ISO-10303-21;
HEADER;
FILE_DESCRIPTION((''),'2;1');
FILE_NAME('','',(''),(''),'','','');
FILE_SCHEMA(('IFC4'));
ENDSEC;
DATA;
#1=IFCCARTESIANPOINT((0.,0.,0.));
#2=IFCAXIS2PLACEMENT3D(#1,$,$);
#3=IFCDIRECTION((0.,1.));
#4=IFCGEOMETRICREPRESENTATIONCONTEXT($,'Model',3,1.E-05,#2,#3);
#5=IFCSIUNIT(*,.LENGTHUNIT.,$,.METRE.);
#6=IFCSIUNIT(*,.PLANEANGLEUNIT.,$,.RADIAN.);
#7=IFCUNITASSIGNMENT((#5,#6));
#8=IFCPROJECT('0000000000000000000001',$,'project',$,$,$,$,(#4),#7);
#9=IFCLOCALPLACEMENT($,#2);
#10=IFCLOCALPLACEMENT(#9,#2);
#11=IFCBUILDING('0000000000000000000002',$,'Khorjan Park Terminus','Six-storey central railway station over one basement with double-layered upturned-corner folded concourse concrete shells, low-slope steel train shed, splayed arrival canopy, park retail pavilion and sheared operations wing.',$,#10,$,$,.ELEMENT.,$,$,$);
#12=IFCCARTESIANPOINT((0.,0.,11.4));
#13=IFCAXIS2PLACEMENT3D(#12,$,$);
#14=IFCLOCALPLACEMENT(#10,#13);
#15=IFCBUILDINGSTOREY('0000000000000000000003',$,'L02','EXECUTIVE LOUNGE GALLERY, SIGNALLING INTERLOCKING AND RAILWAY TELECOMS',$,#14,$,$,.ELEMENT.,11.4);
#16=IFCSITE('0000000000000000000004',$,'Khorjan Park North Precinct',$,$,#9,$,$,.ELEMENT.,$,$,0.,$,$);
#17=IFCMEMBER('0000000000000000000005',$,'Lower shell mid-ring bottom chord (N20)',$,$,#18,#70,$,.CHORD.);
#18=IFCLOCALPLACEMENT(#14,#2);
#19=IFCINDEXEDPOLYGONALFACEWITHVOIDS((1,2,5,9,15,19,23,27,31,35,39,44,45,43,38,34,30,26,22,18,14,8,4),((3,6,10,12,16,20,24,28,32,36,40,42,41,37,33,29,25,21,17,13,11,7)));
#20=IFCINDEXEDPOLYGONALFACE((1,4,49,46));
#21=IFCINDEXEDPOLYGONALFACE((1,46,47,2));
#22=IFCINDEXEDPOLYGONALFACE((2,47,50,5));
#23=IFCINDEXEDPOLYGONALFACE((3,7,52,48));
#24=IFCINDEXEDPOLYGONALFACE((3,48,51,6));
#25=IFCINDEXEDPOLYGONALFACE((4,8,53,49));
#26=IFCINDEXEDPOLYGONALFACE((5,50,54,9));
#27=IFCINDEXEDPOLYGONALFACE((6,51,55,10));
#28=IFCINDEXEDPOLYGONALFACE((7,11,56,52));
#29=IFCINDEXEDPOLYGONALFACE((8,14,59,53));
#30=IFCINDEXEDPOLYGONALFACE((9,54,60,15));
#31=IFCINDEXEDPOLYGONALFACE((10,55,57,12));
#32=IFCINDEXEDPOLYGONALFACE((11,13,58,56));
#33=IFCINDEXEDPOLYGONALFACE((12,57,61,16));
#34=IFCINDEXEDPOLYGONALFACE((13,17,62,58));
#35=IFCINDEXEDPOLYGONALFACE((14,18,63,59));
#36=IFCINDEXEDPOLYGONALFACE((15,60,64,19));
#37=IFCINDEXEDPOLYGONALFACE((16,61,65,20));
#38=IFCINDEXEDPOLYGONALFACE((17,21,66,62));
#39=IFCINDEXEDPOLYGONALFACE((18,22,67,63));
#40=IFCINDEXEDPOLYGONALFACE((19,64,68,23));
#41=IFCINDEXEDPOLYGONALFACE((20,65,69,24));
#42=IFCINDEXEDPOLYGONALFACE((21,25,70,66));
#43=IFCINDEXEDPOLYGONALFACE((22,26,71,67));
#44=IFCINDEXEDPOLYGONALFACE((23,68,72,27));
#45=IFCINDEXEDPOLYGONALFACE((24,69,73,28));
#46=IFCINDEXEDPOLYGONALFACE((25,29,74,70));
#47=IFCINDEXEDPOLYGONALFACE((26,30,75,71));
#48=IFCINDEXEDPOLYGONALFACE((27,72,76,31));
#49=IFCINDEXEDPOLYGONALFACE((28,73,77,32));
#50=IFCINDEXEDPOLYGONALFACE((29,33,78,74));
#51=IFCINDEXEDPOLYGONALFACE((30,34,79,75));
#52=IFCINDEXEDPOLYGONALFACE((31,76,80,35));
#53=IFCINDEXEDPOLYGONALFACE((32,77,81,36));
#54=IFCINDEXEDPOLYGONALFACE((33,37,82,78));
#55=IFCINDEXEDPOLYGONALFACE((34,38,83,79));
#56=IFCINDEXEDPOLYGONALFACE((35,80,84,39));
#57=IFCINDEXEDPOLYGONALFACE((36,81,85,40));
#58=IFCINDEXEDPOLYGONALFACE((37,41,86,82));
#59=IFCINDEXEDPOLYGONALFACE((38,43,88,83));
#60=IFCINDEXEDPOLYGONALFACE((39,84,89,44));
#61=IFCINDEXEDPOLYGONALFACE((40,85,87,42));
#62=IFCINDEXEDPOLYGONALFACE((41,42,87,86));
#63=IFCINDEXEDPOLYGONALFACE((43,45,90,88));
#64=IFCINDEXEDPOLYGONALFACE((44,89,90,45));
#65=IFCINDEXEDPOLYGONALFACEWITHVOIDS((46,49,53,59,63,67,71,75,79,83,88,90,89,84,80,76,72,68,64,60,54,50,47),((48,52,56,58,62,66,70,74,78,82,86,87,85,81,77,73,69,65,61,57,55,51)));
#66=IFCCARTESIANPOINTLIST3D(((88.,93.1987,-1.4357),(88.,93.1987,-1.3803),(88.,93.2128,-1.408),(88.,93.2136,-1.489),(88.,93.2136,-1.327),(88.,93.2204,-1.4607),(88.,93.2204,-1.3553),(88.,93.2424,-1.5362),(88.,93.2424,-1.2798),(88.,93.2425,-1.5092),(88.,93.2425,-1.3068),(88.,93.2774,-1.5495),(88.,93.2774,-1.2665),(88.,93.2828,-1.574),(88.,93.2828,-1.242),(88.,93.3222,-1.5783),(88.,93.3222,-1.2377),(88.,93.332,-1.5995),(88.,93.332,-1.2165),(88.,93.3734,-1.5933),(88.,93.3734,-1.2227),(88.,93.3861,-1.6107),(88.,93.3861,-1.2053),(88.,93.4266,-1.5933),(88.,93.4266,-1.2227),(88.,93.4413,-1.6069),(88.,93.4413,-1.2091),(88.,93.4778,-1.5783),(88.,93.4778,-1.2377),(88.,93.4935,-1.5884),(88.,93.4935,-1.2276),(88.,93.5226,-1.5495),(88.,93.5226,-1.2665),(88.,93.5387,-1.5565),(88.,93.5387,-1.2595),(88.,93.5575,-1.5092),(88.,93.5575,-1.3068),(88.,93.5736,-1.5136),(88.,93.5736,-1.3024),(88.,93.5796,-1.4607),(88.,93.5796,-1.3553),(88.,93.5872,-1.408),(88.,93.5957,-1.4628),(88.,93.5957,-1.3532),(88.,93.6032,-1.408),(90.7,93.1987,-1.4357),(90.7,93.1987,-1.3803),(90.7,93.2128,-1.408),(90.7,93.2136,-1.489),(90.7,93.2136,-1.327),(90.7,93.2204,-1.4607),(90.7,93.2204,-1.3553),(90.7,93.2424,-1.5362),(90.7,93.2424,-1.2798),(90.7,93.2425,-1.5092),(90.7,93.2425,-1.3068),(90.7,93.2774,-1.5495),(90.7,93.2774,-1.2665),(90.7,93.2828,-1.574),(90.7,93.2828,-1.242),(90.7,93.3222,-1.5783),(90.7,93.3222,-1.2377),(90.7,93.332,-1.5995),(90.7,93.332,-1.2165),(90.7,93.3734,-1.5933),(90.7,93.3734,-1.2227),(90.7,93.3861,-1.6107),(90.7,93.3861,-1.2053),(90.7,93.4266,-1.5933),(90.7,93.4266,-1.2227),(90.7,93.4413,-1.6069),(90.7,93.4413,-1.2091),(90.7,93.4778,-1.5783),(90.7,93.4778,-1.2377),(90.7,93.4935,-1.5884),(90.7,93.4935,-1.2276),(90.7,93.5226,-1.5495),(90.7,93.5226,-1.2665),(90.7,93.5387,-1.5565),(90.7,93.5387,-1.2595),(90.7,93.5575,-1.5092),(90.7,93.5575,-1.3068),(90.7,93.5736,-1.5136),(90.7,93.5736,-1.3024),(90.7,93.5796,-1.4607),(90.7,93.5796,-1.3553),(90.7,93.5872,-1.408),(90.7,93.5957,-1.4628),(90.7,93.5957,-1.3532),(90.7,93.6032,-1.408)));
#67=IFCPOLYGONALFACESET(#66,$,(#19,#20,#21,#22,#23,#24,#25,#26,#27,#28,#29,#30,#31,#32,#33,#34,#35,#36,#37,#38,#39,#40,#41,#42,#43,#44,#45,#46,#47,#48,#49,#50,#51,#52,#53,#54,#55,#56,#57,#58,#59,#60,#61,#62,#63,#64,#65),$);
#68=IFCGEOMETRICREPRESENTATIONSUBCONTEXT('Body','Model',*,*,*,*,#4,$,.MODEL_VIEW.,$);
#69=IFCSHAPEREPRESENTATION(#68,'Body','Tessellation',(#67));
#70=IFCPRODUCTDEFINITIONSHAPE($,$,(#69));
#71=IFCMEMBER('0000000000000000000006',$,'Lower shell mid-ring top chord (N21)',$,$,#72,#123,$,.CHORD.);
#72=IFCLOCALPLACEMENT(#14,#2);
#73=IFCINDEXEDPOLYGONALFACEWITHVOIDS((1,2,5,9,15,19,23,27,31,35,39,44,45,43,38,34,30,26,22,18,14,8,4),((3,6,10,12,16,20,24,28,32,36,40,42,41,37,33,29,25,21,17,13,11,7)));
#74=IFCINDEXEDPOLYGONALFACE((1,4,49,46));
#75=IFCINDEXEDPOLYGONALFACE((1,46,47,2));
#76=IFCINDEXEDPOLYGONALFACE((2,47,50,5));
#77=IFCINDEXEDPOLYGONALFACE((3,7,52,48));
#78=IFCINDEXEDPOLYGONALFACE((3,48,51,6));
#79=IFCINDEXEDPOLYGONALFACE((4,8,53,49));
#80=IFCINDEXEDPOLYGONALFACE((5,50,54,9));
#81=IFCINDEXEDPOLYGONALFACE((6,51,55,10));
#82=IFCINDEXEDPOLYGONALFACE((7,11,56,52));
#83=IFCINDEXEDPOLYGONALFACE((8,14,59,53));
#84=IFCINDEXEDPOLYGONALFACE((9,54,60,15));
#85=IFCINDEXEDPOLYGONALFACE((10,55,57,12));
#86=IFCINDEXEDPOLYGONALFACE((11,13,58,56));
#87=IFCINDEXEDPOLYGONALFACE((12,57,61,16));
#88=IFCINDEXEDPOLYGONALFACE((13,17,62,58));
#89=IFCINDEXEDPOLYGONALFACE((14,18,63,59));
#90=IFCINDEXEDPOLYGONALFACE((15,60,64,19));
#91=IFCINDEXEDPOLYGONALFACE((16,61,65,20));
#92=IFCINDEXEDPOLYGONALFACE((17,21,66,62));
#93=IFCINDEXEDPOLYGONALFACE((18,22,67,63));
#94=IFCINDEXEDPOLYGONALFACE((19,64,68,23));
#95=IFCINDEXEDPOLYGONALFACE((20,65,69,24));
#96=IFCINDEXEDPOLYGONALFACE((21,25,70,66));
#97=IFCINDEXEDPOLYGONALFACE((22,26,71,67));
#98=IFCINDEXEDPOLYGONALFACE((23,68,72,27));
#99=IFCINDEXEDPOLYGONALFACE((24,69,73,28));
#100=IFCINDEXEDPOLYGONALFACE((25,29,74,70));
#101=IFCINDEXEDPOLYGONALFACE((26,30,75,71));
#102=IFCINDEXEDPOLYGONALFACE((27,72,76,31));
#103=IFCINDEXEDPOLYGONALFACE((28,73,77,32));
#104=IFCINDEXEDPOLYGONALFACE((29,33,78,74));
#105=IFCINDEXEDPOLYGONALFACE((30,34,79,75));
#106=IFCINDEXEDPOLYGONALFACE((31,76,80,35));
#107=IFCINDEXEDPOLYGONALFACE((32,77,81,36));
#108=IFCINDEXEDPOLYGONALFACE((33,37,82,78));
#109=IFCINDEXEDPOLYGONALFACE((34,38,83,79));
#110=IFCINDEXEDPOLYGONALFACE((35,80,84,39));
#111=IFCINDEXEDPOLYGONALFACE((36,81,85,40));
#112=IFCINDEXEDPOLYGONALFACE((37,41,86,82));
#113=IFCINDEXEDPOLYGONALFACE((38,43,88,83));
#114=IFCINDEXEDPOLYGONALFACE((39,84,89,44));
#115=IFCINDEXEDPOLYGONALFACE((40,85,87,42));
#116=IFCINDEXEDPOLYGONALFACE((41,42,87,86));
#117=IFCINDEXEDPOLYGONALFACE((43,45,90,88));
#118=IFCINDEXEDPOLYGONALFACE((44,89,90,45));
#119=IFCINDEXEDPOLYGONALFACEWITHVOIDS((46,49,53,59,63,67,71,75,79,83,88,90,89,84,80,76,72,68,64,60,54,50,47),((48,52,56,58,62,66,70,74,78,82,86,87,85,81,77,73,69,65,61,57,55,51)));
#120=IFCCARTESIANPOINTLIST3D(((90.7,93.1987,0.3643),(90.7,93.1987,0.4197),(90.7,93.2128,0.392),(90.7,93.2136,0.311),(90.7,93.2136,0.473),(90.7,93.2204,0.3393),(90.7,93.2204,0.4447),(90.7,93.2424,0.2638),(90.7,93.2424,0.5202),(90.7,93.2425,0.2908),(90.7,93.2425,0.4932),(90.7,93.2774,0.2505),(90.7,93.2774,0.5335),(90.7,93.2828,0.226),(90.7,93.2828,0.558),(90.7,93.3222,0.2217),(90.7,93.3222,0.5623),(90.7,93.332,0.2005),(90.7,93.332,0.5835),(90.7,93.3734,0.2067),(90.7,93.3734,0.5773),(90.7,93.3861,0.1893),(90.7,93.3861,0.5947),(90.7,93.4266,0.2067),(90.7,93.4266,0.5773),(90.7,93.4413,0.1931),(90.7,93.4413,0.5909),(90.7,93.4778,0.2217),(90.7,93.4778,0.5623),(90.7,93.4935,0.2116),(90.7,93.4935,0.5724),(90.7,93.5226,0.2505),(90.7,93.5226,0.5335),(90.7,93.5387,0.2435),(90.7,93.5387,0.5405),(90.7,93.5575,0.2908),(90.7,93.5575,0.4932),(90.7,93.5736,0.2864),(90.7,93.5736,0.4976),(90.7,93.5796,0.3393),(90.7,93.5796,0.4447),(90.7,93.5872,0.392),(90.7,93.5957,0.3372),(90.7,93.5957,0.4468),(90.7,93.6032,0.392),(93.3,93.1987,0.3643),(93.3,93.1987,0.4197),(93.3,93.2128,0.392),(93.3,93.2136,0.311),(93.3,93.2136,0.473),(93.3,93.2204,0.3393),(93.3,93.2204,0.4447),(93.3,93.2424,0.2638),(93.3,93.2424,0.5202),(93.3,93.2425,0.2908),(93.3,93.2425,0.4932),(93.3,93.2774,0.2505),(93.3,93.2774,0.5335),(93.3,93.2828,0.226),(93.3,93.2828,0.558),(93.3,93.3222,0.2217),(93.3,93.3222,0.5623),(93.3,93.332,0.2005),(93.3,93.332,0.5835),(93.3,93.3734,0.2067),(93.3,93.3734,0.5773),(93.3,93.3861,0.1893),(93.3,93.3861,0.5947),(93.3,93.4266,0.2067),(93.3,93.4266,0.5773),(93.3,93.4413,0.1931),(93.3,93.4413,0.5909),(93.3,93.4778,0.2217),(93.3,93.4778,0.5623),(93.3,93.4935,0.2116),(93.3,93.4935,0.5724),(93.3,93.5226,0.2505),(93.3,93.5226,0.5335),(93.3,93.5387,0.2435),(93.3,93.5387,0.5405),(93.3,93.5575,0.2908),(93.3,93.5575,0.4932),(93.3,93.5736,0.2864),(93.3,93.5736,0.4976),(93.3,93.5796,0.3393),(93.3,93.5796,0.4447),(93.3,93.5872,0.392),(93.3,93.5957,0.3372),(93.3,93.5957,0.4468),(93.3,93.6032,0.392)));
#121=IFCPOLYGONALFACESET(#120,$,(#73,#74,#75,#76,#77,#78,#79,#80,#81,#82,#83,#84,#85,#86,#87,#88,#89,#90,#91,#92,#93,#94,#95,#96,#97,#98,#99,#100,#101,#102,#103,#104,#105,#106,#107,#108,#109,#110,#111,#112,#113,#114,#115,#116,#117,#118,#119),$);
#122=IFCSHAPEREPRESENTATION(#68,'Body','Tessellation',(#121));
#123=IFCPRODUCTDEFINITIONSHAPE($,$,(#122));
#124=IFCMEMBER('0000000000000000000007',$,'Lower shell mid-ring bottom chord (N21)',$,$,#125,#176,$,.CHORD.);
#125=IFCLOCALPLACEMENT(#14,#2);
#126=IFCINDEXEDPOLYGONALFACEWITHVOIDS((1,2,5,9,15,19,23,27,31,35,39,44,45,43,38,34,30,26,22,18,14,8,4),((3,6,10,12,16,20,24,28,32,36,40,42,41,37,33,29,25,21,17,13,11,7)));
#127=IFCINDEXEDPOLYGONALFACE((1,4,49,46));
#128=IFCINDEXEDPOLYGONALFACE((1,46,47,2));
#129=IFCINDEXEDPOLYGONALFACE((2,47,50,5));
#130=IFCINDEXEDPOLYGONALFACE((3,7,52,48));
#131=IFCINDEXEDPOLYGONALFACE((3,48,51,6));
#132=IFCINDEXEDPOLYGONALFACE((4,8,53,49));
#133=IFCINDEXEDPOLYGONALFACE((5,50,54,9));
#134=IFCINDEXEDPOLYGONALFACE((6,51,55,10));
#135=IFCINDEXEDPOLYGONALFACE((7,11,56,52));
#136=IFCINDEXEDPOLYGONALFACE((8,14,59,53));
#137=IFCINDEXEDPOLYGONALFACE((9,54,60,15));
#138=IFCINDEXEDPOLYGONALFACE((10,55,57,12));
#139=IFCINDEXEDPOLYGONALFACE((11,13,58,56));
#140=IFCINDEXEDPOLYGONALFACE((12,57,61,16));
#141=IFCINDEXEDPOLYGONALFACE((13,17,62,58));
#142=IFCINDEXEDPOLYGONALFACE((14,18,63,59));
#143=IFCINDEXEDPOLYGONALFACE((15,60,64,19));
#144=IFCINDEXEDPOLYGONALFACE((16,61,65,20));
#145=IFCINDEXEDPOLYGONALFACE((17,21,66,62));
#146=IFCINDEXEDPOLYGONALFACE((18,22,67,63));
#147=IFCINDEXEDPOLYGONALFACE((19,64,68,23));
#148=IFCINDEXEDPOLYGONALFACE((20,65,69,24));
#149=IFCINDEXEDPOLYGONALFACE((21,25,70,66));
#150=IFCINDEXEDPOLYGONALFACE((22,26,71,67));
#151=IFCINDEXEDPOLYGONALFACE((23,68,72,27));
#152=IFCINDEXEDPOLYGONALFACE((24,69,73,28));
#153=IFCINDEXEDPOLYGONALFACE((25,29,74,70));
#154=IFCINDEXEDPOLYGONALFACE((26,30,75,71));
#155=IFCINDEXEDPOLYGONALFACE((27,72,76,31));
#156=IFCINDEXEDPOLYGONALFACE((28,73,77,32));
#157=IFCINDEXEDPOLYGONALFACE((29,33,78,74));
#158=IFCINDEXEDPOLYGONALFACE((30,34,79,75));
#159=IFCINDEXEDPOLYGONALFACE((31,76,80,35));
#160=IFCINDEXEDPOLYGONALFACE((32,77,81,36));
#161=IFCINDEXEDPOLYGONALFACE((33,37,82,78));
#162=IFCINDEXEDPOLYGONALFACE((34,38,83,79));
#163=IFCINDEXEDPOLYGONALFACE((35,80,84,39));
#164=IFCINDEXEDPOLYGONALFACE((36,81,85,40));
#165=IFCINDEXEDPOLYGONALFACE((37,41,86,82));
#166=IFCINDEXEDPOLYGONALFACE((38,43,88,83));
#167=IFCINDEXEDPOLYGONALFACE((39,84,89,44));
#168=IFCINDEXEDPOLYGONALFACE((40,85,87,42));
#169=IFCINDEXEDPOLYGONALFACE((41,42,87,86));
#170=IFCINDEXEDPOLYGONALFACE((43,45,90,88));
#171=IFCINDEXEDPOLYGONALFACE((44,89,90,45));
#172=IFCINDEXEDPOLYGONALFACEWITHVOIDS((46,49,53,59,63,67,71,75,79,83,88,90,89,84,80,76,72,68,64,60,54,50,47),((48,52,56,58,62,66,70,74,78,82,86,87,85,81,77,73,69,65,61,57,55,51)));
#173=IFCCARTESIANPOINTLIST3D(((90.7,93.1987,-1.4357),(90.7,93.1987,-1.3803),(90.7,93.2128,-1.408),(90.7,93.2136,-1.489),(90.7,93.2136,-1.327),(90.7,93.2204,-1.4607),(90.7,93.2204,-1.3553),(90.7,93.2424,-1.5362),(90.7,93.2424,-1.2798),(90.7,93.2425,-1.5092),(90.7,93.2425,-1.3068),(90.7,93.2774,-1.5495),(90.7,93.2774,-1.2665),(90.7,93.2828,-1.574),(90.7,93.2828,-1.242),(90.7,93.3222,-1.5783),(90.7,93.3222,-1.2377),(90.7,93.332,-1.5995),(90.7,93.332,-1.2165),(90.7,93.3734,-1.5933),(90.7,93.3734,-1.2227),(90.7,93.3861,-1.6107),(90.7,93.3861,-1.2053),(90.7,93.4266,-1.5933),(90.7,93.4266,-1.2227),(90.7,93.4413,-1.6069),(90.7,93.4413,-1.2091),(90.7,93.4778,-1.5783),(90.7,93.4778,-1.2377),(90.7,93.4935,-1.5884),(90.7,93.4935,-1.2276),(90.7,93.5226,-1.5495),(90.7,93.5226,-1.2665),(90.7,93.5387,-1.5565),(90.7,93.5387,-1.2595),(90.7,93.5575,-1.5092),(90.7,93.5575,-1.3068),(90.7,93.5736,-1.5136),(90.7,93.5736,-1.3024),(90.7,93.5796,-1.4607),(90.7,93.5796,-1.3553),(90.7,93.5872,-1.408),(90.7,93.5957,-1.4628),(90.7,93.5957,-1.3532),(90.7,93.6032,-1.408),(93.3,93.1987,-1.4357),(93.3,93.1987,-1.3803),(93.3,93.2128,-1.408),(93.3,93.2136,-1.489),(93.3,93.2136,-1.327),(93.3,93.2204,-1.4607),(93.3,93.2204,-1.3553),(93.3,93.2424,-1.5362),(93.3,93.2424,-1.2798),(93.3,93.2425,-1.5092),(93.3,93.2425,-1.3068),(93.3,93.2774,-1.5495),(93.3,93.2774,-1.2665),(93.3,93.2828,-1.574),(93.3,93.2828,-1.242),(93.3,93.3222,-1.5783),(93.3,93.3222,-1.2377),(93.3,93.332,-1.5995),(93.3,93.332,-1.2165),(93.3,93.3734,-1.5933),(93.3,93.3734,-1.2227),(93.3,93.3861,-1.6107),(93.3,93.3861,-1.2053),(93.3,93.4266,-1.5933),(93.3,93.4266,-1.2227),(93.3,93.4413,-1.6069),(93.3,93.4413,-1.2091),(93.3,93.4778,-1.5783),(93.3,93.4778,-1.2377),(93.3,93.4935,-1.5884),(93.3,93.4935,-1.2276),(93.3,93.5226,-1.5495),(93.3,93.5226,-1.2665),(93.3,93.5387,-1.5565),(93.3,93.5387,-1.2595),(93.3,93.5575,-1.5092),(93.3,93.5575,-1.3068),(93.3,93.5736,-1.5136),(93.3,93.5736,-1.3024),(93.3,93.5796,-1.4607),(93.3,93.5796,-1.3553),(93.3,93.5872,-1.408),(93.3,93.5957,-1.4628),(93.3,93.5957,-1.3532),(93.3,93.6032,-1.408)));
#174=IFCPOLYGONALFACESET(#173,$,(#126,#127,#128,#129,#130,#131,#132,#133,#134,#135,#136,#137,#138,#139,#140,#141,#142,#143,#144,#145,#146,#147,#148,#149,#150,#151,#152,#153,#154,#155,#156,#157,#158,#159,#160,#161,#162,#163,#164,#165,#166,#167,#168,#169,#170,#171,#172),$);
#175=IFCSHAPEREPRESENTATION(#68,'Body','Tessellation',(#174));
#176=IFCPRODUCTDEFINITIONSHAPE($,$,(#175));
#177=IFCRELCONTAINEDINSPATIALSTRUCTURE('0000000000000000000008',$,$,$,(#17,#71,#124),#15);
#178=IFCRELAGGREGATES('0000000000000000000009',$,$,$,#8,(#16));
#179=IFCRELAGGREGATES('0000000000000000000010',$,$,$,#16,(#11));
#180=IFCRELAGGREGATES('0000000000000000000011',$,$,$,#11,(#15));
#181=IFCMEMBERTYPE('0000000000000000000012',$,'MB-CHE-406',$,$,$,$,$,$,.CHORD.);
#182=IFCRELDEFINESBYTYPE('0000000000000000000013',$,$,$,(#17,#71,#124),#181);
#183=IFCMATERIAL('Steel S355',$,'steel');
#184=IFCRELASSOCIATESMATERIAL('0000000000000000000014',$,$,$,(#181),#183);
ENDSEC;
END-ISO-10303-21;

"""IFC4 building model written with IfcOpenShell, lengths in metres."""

from ifc_helpers import new_model, si_unit, direction, frame, origin, origin_2d, place, context, subcontext, project, spatial, hollow_circle, extrude, material, material_profile, profile_set, type_object, element, save


model = new_model("IFC4")

# Units and contexts
model_context = context("Model", 3, precision=1e-05, world=origin(), true_north=direction((0.0, 1.0)))
body_context = subcontext(model_context, "Body", "Model", "MODEL_VIEW")
ifc_project = project(units=[si_unit("LENGTHUNIT", "METRE"), si_unit("PLANEANGLEUNIT", "RADIAN")], contexts=[model_context])

# Site, building, storey
site_placement = place(None, origin())
site = spatial("IfcSite", under=ifc_project, at=site_placement, Name="Khorjan Park North Precinct", CompositionType="ELEMENT", RefElevation=0.0)
building_placement = place(site_placement, origin())
building = spatial("IfcBuilding", under=site, at=building_placement, Name="Khorjan Park Terminus", Description="Six-storey central railway station over one basement with double-layered upturned-corner folded concourse concrete shells, low-slope steel train shed, splayed arrival canopy, park retail pavilion and sheared operations wing.", CompositionType="ELEMENT")
storey_placement = place(building_placement, frame((0.0, 0.0, 11.4)))
storey = spatial("IfcBuildingStorey", under=building, at=storey_placement, Name="L02", Description="EXECUTIVE LOUNGE GALLERY, SIGNALLING INTERLOCKING AND RAILWAY TELECOMS", CompositionType="ELEMENT", Elevation=11.4)

# Members
ifc_material_1 = material(Name="Steel S355", Category="steel")
ifc_material_profile_1 = material_profile(ifc_material_1, hollow_circle(Radius=0.2032, WallThickness=0.016, at=origin_2d()), Name="CHS 406.4x16")
ifc_profile_set_1 = profile_set([ifc_material_profile_1], Name="Steel S355")
member_type_1 = type_object("IfcMemberType", Name="MB-CHE-406", PredefinedType="CHORD", material=ifc_profile_set_1)
for number, where, z_axis, x_axis, name in (
    (1, (88.0, 93.4, -1.408), (1.0, 0.0, 0.0), (0.0, 1.0, 0.0), "Lower shell mid-ring bottom chord (N20)"),
):
    element("IfcMember", number, at=place(storey_placement, frame(where, z_axis=z_axis, x_axis=x_axis)), inside=storey, type_object=member_type_1, Name=name, PredefinedType="CHORD", context=body_context, shape_type="SweptSolid", body=[
        extrude(hollow_circle(Radius=0.2032, WallThickness=0.016, at=origin_2d()), origin(), (0.0, 0.0, 1.0), 2.7),
    ])
for number, where, z_axis, x_axis, name in (
    (2, (90.7, 93.4, 0.392), (1.0, 0.0, 0.0), (0.0, 1.0, 0.0), "Lower shell mid-ring top chord (N21)"),
    (3, (90.7, 93.4, -1.408), (1.0, 0.0, 0.0), (0.0, 1.0, 0.0), "Lower shell mid-ring bottom chord (N21)"),
):
    element("IfcMember", number, at=place(storey_placement, frame(where, z_axis=z_axis, x_axis=x_axis)), inside=storey, type_object=member_type_1, Name=name, PredefinedType="CHORD", context=body_context, shape_type="SweptSolid", body=[
        extrude(hollow_circle(Radius=0.2032, WallThickness=0.016, at=origin_2d()), origin(), (0.0, 0.0, 1.0), 2.6),
    ])

save(model, "model.ifc")
